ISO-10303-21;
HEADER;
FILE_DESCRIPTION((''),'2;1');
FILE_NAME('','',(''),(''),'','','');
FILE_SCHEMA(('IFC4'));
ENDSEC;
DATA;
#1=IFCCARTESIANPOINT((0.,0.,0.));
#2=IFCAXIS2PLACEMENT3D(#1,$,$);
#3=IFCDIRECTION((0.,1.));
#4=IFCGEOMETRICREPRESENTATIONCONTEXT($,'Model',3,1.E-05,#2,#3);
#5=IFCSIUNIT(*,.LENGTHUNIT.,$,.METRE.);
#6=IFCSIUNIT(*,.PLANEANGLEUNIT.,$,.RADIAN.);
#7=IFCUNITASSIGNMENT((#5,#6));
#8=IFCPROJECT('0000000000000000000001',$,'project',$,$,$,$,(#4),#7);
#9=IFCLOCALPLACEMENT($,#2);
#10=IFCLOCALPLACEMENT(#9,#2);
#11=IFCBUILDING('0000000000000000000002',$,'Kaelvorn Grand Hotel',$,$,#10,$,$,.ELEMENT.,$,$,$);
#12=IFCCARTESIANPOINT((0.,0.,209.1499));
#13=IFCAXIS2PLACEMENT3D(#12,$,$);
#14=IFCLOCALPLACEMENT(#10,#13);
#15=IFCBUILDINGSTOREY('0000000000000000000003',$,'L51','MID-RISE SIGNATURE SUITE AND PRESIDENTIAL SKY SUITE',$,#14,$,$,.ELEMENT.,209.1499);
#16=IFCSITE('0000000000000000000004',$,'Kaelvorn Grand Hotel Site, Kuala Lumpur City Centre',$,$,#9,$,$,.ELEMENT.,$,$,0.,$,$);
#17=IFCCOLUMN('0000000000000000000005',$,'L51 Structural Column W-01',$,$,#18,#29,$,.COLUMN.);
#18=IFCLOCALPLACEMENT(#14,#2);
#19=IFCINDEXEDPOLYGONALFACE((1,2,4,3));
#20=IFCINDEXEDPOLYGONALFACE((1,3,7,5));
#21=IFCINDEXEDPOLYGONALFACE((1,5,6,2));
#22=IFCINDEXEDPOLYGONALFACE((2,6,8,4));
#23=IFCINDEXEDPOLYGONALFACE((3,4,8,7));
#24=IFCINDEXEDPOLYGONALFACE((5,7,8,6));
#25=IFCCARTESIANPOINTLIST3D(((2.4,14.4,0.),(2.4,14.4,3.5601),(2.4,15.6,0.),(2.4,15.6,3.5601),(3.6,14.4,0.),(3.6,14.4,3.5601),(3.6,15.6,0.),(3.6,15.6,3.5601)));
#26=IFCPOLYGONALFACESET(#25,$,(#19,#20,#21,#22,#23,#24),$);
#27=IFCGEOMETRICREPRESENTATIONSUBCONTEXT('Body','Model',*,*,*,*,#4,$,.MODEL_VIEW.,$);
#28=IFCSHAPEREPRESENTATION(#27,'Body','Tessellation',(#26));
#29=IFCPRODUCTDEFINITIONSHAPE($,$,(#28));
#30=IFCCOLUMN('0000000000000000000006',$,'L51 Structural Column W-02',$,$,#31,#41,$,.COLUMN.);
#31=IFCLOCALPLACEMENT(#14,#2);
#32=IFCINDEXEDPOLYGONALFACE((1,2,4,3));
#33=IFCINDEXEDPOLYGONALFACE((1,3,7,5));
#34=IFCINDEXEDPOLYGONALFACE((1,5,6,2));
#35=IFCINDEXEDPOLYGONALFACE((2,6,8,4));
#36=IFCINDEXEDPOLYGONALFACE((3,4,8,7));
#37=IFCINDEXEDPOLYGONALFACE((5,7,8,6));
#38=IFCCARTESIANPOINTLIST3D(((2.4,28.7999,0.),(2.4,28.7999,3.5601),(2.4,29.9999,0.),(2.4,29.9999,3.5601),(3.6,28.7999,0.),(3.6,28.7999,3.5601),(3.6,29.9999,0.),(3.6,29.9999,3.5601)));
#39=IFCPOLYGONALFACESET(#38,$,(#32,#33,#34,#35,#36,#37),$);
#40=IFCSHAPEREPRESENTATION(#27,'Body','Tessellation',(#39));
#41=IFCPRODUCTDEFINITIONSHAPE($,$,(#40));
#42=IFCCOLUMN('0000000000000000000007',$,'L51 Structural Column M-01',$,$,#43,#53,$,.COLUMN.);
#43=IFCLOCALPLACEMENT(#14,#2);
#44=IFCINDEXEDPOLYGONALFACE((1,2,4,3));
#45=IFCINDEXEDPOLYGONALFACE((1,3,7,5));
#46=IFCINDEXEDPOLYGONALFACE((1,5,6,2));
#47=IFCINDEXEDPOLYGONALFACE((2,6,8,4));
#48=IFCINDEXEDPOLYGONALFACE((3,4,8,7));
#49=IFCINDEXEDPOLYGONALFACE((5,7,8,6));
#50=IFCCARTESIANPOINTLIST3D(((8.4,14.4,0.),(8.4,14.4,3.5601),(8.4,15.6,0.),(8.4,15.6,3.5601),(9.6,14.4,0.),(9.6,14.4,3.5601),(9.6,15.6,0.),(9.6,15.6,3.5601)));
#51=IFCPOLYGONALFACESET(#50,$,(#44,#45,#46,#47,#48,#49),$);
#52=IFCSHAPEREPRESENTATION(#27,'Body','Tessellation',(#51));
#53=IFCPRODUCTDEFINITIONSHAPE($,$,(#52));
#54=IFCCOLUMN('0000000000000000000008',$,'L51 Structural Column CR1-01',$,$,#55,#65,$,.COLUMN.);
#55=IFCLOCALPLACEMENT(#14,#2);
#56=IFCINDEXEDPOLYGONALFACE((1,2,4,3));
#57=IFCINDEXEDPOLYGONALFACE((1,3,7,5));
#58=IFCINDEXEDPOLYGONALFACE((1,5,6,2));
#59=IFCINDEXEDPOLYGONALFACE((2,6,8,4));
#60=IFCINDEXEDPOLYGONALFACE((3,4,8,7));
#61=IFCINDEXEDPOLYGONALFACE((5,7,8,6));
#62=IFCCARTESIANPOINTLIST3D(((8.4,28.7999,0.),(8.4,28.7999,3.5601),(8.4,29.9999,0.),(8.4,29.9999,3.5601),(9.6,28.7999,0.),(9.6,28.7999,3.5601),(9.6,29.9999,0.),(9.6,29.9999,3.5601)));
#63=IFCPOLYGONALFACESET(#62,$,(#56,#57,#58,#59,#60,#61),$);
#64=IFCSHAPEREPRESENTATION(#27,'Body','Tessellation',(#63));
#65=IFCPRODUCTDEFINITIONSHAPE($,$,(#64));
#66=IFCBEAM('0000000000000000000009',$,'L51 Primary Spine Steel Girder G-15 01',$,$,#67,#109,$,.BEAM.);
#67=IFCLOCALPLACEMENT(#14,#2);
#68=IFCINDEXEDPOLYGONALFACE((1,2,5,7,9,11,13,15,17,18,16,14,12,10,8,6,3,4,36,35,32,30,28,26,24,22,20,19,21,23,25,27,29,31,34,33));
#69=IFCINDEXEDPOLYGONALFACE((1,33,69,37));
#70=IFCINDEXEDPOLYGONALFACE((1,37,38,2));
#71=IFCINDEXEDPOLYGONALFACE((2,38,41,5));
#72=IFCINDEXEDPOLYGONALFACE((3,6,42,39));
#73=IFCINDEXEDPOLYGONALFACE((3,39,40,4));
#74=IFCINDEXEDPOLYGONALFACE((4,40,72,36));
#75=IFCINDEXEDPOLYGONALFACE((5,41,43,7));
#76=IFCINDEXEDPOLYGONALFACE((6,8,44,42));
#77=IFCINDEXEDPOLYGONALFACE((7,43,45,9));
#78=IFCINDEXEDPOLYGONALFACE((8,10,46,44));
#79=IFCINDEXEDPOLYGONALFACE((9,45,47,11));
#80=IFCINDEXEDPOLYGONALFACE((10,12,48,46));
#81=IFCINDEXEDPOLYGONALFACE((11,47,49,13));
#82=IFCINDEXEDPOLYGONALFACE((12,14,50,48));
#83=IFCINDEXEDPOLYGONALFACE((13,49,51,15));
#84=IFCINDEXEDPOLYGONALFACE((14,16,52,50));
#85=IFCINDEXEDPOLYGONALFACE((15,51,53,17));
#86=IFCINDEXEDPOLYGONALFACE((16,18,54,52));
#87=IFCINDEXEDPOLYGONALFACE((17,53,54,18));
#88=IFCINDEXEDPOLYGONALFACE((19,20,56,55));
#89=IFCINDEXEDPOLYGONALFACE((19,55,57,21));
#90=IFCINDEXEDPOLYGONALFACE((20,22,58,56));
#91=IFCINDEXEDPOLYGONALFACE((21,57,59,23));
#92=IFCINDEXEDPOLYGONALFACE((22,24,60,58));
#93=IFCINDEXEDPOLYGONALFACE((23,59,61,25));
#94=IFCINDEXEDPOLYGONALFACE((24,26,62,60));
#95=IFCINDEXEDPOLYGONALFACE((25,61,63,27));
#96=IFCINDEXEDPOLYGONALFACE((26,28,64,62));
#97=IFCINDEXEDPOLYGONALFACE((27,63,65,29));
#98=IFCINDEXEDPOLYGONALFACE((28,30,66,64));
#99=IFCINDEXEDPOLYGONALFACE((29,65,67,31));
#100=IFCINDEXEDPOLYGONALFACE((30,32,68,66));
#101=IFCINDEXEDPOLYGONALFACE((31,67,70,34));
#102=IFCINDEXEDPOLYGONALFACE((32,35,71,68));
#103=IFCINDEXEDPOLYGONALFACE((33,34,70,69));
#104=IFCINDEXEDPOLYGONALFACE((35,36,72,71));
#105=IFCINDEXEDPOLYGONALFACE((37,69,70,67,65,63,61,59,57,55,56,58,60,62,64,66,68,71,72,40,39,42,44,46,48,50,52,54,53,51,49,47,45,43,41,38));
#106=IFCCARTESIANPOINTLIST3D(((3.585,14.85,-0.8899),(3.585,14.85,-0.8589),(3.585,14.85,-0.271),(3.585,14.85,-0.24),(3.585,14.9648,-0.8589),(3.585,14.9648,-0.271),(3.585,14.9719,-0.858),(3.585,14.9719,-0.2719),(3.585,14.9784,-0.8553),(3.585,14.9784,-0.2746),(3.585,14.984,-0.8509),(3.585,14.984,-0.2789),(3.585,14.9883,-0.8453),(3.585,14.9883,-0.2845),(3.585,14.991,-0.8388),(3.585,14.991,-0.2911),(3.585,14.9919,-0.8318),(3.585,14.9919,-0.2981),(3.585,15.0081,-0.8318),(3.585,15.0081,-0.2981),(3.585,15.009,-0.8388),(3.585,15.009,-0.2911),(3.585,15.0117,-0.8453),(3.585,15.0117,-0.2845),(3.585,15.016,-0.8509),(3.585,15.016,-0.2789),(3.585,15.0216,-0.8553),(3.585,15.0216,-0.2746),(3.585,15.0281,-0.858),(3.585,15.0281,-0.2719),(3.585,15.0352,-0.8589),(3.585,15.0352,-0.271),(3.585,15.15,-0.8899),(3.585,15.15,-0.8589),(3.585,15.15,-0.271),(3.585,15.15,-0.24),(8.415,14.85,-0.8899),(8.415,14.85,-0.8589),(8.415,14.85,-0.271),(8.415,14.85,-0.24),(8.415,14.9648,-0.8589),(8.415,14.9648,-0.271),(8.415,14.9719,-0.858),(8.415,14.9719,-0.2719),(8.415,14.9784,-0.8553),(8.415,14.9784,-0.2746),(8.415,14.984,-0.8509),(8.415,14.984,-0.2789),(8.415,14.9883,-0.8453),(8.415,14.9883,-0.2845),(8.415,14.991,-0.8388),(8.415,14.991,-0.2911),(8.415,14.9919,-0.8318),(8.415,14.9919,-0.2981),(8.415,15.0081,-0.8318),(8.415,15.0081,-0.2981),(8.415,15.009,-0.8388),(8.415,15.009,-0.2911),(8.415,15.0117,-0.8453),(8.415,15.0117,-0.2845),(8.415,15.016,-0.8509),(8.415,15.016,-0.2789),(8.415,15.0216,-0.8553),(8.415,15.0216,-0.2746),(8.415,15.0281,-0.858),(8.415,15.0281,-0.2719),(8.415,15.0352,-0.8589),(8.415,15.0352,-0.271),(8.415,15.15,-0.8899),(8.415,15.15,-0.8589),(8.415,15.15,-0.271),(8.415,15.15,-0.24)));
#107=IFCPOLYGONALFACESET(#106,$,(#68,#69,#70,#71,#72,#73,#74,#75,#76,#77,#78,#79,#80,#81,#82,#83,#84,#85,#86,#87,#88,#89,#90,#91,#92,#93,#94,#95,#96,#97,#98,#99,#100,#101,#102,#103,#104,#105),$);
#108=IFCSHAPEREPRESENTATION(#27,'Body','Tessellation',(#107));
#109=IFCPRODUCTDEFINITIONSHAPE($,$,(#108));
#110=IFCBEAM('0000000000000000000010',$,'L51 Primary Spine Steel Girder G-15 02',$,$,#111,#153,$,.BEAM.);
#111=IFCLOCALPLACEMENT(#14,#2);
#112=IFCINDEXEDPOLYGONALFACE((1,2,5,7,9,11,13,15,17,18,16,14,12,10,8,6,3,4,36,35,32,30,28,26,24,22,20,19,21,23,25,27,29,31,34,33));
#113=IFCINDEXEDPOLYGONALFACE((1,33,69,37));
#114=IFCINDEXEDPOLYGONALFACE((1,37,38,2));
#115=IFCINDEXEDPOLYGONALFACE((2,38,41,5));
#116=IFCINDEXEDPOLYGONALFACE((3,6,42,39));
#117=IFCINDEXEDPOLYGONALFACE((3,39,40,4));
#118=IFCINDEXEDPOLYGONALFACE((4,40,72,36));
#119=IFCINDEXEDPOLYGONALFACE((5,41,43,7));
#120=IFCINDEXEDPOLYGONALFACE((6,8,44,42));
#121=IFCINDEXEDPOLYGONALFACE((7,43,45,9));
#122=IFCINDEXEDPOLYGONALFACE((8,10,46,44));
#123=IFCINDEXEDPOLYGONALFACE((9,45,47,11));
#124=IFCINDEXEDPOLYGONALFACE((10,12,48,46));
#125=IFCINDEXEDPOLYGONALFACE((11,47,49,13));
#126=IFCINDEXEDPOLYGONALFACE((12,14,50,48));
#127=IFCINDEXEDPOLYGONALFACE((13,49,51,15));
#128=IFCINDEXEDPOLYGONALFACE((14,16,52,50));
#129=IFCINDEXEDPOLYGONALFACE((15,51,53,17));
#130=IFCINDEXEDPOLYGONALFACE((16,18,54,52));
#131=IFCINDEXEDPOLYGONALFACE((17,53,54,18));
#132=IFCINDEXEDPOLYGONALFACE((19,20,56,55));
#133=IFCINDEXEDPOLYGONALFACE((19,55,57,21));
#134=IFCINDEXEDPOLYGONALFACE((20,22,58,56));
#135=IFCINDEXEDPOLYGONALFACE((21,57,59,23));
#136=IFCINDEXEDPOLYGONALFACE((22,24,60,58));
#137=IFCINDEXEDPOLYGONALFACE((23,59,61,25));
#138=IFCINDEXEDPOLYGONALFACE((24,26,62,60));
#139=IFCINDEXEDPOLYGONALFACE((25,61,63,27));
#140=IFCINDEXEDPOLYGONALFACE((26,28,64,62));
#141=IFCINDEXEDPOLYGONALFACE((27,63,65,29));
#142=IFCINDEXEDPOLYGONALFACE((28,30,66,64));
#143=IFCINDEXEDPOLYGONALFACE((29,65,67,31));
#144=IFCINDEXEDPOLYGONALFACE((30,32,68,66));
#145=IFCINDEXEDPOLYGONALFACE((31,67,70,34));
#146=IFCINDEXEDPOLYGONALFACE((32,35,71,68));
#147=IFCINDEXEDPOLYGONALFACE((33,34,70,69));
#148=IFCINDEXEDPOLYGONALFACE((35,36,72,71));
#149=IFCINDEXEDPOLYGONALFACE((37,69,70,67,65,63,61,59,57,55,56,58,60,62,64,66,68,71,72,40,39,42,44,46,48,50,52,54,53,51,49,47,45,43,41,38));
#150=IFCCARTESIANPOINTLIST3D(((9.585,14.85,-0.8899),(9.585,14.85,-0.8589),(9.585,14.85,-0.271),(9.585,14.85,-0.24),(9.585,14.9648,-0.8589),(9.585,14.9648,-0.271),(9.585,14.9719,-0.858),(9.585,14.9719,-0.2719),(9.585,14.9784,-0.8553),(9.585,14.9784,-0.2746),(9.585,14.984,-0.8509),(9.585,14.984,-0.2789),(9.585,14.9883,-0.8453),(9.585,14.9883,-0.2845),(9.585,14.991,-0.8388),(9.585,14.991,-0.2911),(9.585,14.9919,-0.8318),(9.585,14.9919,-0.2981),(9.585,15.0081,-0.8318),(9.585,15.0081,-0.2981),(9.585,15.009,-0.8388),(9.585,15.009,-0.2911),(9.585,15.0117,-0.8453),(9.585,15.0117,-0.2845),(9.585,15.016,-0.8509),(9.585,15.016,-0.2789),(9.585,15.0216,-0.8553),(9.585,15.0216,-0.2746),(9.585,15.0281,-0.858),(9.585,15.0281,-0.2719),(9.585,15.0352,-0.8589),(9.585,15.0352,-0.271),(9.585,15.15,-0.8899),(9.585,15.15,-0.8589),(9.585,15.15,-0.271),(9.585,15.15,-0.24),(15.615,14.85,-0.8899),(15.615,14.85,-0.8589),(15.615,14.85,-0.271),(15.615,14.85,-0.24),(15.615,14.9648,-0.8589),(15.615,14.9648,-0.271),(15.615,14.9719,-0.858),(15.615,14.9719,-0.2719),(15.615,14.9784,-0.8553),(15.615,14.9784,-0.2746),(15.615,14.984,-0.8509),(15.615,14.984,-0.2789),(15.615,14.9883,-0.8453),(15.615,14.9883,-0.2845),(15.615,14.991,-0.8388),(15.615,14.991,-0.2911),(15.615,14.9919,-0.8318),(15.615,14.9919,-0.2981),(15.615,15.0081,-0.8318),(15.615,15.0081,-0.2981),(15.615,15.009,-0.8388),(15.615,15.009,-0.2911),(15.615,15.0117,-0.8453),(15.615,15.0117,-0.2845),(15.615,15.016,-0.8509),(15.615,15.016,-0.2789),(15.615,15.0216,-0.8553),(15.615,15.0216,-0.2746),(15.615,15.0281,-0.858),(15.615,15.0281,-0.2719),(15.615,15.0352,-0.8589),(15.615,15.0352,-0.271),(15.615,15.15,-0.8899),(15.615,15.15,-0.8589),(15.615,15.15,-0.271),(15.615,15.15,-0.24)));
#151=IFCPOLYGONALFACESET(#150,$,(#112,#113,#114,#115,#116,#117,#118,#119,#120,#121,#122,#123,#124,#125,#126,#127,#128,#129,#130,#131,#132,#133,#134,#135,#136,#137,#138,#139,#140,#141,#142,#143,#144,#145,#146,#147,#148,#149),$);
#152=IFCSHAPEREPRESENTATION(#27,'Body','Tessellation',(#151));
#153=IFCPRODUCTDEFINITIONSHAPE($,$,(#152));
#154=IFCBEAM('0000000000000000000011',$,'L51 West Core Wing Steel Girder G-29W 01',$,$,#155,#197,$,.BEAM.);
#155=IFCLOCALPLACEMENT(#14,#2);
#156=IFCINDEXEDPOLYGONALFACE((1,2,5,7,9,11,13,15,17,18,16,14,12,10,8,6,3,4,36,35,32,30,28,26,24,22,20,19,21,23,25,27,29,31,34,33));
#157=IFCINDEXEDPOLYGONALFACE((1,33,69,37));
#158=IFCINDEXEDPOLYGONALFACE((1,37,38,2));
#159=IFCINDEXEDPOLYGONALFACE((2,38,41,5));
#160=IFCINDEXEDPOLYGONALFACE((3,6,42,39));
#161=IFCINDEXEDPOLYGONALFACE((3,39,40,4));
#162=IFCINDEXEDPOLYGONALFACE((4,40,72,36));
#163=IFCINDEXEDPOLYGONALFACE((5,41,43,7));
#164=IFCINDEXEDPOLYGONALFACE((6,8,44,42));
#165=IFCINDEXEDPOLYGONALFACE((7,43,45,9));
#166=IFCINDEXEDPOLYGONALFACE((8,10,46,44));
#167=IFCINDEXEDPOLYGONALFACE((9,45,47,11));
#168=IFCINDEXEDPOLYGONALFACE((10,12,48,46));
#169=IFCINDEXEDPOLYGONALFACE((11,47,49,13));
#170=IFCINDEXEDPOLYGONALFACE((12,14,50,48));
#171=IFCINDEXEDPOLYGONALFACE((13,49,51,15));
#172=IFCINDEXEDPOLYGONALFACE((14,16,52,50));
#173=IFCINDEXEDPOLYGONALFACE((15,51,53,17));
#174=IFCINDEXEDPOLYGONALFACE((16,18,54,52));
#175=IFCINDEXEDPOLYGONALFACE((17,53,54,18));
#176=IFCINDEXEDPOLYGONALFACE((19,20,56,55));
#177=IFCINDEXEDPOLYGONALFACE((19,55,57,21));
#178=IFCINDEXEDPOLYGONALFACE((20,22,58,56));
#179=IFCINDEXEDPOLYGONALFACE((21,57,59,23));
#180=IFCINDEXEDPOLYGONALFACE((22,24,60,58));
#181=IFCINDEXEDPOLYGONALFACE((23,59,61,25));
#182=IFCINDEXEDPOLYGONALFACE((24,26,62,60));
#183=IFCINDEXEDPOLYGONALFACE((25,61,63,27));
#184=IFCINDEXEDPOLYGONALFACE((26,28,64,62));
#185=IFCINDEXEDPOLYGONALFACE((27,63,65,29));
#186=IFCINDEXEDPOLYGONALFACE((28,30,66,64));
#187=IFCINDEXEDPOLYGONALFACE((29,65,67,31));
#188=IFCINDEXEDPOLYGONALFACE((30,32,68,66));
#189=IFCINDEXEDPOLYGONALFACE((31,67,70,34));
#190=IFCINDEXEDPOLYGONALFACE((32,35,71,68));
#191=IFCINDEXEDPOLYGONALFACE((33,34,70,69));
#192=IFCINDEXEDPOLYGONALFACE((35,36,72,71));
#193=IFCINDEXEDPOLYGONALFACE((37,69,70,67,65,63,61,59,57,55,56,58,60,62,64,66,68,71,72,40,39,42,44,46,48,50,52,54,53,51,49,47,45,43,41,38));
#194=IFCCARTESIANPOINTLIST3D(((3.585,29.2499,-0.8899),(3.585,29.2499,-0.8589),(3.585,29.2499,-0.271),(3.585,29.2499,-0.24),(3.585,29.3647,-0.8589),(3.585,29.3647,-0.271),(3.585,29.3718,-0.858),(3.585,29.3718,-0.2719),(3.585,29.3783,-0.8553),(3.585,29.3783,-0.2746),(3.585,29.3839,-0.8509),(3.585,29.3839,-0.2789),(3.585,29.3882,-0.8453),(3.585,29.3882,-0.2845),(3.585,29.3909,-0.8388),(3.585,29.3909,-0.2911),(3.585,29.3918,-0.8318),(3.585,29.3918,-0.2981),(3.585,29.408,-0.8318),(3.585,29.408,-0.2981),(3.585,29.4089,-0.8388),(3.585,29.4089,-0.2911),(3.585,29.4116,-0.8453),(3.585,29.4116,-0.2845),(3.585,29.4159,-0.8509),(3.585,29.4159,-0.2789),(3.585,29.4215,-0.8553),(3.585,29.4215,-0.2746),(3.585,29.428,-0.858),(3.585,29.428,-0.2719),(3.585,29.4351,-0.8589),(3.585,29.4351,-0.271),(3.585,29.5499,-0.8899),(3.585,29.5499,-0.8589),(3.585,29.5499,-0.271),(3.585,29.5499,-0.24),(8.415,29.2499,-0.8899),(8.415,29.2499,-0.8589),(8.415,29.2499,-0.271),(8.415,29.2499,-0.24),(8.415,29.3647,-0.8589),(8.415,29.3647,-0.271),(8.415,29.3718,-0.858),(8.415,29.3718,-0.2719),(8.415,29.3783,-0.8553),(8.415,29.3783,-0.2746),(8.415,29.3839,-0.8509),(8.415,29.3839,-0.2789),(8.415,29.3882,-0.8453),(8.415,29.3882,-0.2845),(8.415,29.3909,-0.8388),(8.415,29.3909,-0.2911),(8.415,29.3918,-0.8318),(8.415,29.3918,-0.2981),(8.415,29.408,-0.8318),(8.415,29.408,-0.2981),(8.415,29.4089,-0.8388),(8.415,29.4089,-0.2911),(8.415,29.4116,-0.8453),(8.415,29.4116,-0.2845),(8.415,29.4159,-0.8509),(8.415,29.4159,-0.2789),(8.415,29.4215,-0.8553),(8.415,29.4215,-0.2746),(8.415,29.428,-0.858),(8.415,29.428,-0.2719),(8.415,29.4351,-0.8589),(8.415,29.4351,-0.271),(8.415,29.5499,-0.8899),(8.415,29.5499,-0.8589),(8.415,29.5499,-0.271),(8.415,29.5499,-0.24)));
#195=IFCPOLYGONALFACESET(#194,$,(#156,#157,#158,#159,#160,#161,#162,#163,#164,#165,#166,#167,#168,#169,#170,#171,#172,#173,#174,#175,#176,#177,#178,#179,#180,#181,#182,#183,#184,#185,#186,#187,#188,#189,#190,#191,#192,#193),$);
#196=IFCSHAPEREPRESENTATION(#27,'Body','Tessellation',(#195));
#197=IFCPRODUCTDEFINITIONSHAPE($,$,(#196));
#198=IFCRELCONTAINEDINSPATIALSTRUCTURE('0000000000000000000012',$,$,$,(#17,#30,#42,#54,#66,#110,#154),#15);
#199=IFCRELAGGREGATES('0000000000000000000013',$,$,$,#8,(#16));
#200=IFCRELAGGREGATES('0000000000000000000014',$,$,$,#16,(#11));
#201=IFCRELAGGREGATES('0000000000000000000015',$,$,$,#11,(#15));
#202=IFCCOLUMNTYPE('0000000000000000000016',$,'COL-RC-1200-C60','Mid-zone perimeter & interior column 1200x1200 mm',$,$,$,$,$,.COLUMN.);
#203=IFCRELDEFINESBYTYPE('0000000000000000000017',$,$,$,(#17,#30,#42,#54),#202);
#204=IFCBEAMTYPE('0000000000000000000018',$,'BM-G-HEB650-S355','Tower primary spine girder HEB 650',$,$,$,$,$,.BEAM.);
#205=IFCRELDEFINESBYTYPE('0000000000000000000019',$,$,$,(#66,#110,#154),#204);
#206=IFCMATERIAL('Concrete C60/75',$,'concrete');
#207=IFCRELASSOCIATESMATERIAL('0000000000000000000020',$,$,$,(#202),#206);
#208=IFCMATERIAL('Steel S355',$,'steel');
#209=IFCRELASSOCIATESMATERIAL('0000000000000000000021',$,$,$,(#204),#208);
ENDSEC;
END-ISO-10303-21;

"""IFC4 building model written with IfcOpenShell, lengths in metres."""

from ifc_helpers import new_model, si_unit, direction, frame, origin, origin_2d, place, context, subcontext, project, spatial, rectangle, i_section, extrude, material, material_profile, profile_set, type_object, element, save


model = new_model("IFC4")

# Units and contexts
model_context = context("Model", 3, precision=1e-05, world=origin(), true_north=direction((0.0, 1.0)))
body_context = subcontext(model_context, "Body", "Model", "MODEL_VIEW")
ifc_project = project(units=[si_unit("LENGTHUNIT", "METRE"), si_unit("PLANEANGLEUNIT", "RADIAN")], contexts=[model_context])

# Site, building, storey
site_placement = place(None, origin())
site = spatial("IfcSite", under=ifc_project, at=site_placement, Name="Kaelvorn Grand Hotel Site, Kuala Lumpur City Centre", CompositionType="ELEMENT", RefElevation=0.0)
building_placement = place(site_placement, origin())
building = spatial("IfcBuilding", under=site, at=building_placement, Name="Kaelvorn Grand Hotel", CompositionType="ELEMENT")
storey_placement = place(building_placement, frame((0.0, 0.0, 209.1499)))
storey = spatial("IfcBuildingStorey", under=building, at=storey_placement, Name="L51", Description="MID-RISE SIGNATURE SUITE AND PRESIDENTIAL SKY SUITE", CompositionType="ELEMENT", Elevation=209.1499)

# Columns
ifc_material_1 = material(Name="Concrete C60/75", Category="concrete")
ifc_material_profile_1 = material_profile(ifc_material_1, rectangle(XDim=1.2, YDim=1.2, at=origin_2d()), Name="RC COL 1200x1200")
ifc_profile_set_1 = profile_set([ifc_material_profile_1], Name="Concrete C60/75")
column_type = type_object("IfcColumnType", Name="COL-RC-1200-C60", Description="Mid-zone perimeter & interior column 1200x1200 mm", PredefinedType="COLUMN", material=ifc_profile_set_1)
for number, where, z_axis, x_axis, name in (
    (1, (3.0, 15.0, 0.0), (0.0, 0.0, 1.0), (1.0, 0.0, 0.0), "L51 Structural Column W-01"),
    (2, (3.0, 29.3999, 0.0), (0.0, 0.0, 1.0), (1.0, 0.0, 0.0), "L51 Structural Column W-02"),
    (3, (9.0, 15.0, 0.0), (0.0, 0.0, 1.0), (1.0, 0.0, 0.0), "L51 Structural Column M-01"),
    (4, (9.0, 29.3999, 0.0), (0.0, 0.0, 1.0), (1.0, 0.0, 0.0), "L51 Structural Column CR1-01"),
):
    element("IfcColumn", number, at=place(storey_placement, frame(where, z_axis=z_axis, x_axis=x_axis)), inside=storey, type_object=column_type, Name=name, PredefinedType="COLUMN", context=body_context, shape_type="SweptSolid", body=[
        extrude(rectangle(XDim=1.2, YDim=1.2, at=origin_2d()), origin(), (0.0, 0.0, 1.0), 3.5601),
    ])

# Beams
ifc_material_2 = material(Name="Steel S355", Category="steel")
ifc_material_profile_2 = material_profile(ifc_material_2, i_section(OverallWidth=0.3, OverallDepth=0.6499, WebThickness=0.0161, FlangeThickness=0.031, FilletRadius=0.0271, at=origin_2d()), Name="HEB 650")
ifc_profile_set_2 = profile_set([ifc_material_profile_2], Name="Steel S355")
beam_type_1 = type_object("IfcBeamType", Name="BM-G-HEB650-S355", Description="Tower primary spine girder HEB 650", PredefinedType="BEAM", material=ifc_profile_set_2)
beam_1_placement = place(storey_placement, frame((3.585, 15.0, -0.5649), z_axis=(1.0, 0.0, 0.0), x_axis=(0.0, 1.0, 0.0)))
element("IfcBeam", 5, at=beam_1_placement, inside=storey, type_object=beam_type_1, Name="L51 Primary Spine Steel Girder G-15 01", PredefinedType="BEAM", context=body_context, shape_type="SweptSolid", body=[
    extrude(i_section(OverallWidth=0.3, OverallDepth=0.6499, WebThickness=0.0161, FlangeThickness=0.031, FilletRadius=0.0271, at=origin_2d()), origin(), (0.0, 0.0, 1.0), 4.8301),
])
beam_2_placement = place(storey_placement, frame((9.585, 15.0, -0.5649), z_axis=(1.0, 0.0, 0.0), x_axis=(0.0, 1.0, 0.0)))
element("IfcBeam", 6, at=beam_2_placement, inside=storey, type_object=beam_type_1, Name="L51 Primary Spine Steel Girder G-15 02", PredefinedType="BEAM", context=body_context, shape_type="SweptSolid", body=[
    extrude(i_section(OverallWidth=0.3, OverallDepth=0.6499, WebThickness=0.0161, FlangeThickness=0.031, FilletRadius=0.0271, at=origin_2d()), origin(), (0.0, 0.0, 1.0), 6.03),
])
beam_3_placement = place(storey_placement, frame((3.585, 29.3999, -0.5649), z_axis=(1.0, 0.0, 0.0), x_axis=(0.0, 1.0, 0.0)))
element("IfcBeam", 7, at=beam_3_placement, inside=storey, type_object=beam_type_1, Name="L51 West Core Wing Steel Girder G-29W 01", PredefinedType="BEAM", context=body_context, shape_type="SweptSolid", body=[
    extrude(i_section(OverallWidth=0.3, OverallDepth=0.6499, WebThickness=0.0161, FlangeThickness=0.031, FilletRadius=0.0271, at=origin_2d()), origin(), (0.0, 0.0, 1.0), 4.8301),
])

save(model, "model.ifc")
